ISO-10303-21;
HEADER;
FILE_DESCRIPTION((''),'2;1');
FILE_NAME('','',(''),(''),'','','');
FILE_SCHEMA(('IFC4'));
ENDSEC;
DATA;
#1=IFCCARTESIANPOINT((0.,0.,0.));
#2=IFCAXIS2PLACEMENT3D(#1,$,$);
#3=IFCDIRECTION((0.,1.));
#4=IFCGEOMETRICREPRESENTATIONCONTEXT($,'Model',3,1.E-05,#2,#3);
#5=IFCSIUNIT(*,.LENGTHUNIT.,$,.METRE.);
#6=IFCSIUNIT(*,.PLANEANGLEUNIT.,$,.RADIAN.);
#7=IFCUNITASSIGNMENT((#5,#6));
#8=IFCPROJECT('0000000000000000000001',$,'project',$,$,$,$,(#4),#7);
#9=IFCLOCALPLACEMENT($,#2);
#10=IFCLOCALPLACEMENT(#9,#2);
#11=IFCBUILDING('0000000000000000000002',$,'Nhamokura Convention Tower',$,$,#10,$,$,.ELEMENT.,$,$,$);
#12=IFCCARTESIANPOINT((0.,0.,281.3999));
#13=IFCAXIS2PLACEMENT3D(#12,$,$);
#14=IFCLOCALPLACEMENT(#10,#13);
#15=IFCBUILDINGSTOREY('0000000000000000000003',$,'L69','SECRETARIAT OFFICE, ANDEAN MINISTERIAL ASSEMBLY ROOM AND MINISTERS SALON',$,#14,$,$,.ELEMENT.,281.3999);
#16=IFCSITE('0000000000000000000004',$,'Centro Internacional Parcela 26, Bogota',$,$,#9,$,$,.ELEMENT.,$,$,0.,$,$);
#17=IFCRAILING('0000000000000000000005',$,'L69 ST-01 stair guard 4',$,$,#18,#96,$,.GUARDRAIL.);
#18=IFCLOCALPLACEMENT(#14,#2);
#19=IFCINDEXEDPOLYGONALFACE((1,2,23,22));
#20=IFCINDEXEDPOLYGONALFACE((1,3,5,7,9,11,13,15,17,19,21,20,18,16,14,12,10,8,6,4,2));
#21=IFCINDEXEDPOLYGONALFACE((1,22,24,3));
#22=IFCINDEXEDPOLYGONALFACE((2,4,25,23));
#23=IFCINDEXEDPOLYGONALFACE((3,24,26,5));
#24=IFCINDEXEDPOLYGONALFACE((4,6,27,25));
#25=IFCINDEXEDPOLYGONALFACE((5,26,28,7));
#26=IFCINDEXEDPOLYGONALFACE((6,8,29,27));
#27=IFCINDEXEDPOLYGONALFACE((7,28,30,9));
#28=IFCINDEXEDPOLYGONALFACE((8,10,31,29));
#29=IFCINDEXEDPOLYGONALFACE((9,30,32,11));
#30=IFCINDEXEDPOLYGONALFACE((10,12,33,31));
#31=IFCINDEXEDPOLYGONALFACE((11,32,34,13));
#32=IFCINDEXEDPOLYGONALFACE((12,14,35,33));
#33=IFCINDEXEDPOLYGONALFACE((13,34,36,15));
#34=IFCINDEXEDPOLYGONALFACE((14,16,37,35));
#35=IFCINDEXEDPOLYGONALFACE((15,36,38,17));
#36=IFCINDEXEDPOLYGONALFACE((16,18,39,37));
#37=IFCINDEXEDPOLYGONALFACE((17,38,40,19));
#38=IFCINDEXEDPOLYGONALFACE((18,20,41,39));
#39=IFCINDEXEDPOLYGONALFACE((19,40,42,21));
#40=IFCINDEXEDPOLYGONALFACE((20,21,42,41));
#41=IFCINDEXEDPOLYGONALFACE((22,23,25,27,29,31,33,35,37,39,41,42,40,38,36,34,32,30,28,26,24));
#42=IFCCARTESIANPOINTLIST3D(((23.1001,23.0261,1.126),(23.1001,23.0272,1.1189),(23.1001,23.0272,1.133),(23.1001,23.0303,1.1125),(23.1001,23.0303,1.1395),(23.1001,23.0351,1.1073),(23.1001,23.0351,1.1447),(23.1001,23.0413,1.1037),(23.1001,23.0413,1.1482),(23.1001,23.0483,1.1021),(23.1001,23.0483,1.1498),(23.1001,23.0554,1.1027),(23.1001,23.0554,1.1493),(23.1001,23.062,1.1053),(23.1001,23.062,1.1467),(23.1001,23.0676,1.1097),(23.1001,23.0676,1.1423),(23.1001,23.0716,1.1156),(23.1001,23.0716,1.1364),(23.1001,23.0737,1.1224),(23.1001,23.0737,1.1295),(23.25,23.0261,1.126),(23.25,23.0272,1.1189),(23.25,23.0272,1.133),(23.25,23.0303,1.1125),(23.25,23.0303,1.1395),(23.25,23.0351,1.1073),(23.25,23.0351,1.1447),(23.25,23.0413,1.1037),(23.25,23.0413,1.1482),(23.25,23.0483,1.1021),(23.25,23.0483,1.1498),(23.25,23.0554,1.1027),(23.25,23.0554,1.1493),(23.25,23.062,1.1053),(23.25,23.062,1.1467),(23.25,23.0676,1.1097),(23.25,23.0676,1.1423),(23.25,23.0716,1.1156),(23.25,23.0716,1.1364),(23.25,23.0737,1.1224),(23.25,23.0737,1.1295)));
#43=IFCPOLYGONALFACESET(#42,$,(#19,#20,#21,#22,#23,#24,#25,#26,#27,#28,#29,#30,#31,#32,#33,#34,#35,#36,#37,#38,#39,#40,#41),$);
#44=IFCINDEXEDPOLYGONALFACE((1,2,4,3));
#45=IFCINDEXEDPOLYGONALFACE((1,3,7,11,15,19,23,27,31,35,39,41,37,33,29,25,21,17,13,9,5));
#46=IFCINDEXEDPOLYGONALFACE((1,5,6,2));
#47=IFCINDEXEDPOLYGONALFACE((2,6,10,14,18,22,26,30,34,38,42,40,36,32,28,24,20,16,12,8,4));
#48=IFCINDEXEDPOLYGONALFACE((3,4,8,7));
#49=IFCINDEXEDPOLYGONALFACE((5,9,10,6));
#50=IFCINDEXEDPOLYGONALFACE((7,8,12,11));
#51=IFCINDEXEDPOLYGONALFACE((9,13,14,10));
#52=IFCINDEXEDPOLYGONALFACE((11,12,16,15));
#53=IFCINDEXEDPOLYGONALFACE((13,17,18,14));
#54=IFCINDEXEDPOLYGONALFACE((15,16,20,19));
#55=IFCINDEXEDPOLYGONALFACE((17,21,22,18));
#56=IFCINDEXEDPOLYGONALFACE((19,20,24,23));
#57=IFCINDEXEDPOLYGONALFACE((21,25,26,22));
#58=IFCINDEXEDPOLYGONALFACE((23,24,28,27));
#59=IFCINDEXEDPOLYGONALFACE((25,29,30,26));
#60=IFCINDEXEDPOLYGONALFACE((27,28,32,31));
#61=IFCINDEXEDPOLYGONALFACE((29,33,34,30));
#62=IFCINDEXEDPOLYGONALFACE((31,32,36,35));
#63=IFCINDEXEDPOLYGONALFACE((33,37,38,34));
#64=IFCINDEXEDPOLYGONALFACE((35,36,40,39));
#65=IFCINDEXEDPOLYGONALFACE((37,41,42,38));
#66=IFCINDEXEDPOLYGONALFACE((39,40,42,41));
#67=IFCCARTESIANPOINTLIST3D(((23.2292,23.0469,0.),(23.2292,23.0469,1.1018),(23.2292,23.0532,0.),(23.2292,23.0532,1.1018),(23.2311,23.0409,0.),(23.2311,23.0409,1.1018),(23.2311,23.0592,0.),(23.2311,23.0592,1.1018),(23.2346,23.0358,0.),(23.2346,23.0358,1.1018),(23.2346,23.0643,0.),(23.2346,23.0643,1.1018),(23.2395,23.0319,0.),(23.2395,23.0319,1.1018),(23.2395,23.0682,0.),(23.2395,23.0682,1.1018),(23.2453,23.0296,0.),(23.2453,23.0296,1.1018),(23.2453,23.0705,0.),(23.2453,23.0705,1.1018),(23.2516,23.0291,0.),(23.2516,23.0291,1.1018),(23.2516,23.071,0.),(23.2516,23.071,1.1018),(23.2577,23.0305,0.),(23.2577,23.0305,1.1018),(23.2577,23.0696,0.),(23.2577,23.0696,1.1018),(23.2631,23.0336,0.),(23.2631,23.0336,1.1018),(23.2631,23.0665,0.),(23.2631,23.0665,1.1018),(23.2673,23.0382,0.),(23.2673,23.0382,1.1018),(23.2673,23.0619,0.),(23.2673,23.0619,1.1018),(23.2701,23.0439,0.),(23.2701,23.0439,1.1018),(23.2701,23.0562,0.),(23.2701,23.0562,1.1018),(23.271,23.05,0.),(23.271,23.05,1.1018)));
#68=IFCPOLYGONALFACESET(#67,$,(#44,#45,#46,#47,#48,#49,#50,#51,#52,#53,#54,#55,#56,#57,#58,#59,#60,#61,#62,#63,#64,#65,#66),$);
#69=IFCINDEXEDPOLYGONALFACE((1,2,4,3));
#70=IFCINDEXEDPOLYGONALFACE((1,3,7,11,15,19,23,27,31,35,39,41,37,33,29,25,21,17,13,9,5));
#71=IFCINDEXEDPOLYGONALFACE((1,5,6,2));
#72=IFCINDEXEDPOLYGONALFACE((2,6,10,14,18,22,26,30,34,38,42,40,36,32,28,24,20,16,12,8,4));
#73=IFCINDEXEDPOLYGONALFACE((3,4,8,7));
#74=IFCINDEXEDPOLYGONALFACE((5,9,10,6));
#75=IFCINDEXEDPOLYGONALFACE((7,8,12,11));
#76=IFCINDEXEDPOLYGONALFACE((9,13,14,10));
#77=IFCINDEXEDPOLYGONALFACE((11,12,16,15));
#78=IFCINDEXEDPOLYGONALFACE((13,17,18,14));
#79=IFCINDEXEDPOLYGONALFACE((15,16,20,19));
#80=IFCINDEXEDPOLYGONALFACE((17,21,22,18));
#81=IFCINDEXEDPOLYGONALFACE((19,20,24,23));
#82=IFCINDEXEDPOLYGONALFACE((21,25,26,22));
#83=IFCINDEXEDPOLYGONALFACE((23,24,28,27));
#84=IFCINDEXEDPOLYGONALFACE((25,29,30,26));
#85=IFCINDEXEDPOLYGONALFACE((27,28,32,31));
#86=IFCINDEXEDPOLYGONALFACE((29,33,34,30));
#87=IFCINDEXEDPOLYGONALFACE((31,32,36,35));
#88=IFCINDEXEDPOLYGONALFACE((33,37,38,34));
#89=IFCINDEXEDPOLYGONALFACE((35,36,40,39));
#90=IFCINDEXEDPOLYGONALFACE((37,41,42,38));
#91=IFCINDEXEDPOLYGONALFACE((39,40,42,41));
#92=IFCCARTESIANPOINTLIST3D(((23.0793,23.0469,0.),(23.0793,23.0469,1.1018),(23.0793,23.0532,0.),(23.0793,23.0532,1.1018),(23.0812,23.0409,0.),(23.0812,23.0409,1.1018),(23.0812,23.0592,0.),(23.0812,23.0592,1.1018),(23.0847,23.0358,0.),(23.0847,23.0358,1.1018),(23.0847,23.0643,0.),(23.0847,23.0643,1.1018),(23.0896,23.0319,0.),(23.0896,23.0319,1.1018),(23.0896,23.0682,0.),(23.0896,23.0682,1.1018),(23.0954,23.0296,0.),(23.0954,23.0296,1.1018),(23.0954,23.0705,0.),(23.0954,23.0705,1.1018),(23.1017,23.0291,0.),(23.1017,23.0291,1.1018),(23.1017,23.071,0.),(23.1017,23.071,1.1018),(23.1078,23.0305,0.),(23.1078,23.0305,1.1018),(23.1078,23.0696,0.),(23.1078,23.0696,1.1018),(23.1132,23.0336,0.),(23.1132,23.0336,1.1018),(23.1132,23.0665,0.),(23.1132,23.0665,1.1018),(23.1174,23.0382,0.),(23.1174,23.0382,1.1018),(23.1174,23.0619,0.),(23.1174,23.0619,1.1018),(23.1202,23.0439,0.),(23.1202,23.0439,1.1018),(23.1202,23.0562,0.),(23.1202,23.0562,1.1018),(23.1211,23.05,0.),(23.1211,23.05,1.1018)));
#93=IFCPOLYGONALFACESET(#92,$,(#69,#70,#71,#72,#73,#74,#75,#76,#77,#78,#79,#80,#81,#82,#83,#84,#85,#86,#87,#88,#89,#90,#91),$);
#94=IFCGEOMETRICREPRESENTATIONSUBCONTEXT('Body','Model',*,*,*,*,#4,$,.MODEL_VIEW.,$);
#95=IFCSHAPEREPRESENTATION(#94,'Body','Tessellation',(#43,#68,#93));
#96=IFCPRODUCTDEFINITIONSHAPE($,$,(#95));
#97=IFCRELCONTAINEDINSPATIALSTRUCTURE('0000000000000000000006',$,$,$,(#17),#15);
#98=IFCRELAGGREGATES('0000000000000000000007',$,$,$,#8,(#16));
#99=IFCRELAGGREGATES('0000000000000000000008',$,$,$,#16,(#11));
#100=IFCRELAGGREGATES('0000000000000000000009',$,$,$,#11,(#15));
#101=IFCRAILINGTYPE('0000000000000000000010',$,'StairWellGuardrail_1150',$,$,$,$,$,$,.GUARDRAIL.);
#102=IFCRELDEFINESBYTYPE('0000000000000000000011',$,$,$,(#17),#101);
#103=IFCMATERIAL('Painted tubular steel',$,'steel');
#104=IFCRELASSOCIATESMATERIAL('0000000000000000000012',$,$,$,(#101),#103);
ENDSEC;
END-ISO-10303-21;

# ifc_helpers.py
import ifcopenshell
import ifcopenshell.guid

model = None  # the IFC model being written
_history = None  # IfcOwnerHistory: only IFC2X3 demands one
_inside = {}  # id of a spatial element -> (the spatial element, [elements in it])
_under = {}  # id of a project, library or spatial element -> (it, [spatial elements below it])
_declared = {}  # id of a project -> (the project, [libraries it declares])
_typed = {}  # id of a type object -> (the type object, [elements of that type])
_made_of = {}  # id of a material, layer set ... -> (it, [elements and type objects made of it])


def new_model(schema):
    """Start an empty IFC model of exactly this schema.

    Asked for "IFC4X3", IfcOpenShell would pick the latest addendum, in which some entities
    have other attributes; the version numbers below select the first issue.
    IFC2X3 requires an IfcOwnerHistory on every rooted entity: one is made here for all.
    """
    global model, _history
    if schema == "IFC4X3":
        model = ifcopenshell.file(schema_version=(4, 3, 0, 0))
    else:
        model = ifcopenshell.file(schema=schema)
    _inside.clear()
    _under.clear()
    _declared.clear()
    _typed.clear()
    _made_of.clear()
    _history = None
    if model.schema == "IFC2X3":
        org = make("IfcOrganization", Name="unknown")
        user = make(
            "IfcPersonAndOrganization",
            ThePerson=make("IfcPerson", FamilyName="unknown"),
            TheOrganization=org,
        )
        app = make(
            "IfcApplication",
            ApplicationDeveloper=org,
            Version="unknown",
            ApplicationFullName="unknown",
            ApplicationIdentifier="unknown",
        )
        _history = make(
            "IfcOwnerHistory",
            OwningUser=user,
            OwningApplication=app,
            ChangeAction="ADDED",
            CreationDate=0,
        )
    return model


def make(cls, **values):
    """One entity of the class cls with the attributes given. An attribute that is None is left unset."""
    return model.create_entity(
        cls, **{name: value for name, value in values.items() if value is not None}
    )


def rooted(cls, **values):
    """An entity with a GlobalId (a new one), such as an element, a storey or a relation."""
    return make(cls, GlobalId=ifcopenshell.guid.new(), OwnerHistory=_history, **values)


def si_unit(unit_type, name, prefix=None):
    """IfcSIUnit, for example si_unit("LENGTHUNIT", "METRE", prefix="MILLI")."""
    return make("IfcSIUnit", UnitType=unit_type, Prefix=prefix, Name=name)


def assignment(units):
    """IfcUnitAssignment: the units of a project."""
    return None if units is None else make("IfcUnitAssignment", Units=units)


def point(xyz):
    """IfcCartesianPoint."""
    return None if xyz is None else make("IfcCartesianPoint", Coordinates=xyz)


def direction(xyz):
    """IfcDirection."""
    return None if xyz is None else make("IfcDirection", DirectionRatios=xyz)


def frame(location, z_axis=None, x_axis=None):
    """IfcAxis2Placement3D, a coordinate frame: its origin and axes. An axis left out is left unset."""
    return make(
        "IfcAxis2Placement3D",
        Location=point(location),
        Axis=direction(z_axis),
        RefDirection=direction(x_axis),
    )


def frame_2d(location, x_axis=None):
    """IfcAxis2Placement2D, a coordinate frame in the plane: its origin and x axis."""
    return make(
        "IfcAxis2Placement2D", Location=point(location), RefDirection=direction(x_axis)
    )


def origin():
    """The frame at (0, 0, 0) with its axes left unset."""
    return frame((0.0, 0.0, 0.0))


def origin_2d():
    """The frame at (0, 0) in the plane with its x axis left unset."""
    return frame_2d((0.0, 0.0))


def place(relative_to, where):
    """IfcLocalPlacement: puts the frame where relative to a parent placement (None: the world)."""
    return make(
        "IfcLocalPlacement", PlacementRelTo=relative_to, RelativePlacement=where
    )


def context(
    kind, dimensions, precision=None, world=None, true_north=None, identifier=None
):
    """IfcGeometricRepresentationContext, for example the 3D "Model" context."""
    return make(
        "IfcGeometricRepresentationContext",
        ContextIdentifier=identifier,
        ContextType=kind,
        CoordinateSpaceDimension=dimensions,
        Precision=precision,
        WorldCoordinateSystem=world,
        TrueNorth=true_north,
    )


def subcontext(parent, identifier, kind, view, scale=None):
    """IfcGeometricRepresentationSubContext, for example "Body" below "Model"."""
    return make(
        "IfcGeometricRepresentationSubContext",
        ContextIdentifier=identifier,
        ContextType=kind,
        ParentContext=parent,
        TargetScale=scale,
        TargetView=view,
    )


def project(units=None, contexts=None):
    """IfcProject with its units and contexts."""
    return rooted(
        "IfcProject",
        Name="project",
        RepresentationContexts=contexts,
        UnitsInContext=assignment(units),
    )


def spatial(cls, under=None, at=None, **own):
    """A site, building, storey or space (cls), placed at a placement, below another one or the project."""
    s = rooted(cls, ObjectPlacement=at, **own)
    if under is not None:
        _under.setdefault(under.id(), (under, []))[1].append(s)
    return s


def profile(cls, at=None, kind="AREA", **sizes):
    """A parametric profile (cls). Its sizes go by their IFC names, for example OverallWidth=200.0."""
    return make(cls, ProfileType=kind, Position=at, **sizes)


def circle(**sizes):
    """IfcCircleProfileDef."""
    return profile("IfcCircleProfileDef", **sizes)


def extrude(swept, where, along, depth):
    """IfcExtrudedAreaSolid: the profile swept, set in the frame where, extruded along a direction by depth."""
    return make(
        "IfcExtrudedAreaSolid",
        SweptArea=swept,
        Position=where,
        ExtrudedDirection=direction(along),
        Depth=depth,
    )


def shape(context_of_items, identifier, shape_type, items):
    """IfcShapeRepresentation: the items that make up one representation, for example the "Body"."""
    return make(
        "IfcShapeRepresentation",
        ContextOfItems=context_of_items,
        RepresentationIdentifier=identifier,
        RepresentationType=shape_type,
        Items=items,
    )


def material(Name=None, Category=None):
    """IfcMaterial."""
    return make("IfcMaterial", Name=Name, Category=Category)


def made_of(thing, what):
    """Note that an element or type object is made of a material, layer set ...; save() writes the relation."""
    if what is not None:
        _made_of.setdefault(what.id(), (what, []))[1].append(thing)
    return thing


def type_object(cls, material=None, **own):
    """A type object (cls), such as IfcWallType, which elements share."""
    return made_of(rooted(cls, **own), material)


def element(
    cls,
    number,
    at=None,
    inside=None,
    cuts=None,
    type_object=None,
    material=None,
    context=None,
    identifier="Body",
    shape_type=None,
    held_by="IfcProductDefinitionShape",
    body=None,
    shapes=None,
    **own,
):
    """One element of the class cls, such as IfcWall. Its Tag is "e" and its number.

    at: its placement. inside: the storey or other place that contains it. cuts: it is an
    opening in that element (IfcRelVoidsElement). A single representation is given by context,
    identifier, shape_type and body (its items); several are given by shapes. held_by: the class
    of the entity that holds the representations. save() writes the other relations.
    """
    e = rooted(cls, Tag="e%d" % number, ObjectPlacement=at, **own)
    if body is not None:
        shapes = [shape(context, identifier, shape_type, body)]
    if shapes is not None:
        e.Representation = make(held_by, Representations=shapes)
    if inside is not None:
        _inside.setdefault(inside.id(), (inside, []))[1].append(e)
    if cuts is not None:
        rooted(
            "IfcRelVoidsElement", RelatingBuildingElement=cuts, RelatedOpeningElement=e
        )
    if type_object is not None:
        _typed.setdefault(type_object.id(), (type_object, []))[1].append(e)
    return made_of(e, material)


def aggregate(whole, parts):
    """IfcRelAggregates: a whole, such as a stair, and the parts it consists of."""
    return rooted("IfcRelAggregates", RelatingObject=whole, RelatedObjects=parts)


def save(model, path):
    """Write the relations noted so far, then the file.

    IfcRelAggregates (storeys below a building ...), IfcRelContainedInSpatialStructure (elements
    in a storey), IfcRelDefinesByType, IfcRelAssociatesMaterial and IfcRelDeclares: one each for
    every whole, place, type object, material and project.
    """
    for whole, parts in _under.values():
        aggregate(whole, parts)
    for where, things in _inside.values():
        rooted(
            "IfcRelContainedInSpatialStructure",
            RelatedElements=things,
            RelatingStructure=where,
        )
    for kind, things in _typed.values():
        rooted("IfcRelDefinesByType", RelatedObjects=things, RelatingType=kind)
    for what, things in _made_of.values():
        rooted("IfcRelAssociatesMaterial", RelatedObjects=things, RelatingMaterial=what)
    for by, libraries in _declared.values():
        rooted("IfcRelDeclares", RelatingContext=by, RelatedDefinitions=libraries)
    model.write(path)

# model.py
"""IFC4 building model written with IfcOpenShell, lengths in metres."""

from ifc_helpers import new_model, si_unit, direction, frame, origin, origin_2d, place, context, subcontext, project, spatial, circle, extrude, material, type_object, element, save


model = new_model("IFC4")

# Units and contexts
model_context = context("Model", 3, precision=1e-05, world=origin(), true_north=direction((0.0, 1.0)))
body_context = subcontext(model_context, "Body", "Model", "MODEL_VIEW")
ifc_project = project(units=[si_unit("LENGTHUNIT", "METRE"), si_unit("PLANEANGLEUNIT", "RADIAN")], contexts=[model_context])

# Site, building, storey
site_placement = place(None, origin())
site = spatial("IfcSite", under=ifc_project, at=site_placement, Name="Centro Internacional Parcela 26, Bogota", CompositionType="ELEMENT", RefElevation=0.0)
building_placement = place(site_placement, origin())
building = spatial("IfcBuilding", under=site, at=building_placement, Name="Nhamokura Convention Tower", CompositionType="ELEMENT")
storey_placement = place(building_placement, frame((0.0, 0.0, 281.3999)))
storey = spatial("IfcBuildingStorey", under=building, at=storey_placement, Name="L69", Description="SECRETARIAT OFFICE, ANDEAN MINISTERIAL ASSEMBLY ROOM AND MINISTERS SALON", CompositionType="ELEMENT", Elevation=281.3999)

# Railing
ifc_material_1 = material(Name="Painted tubular steel", Category="steel")
railing_type_1 = type_object("IfcRailingType", Name="StairWellGuardrail_1150", PredefinedType="GUARDRAIL", material=ifc_material_1)
railing_1_placement = place(storey_placement, frame((23.25, 23.05, 0.0)))
element("IfcRailing", 1, at=railing_1_placement, inside=storey, type_object=railing_type_1, Name="L69 ST-01 stair guard 4", PredefinedType="GUARDRAIL", context=body_context, shape_type="SweptSolid", body=[
    extrude(circle(Radius=0.0239, at=origin_2d()), frame((0.0, 0.0, 1.126), z_axis=(-1.0, 0.0, 0.0), x_axis=(0.0, -1.0, 0.0)), (0.0, 0.0, 1.0), 0.1499),
    extrude(circle(Radius=0.021, at=origin_2d()), origin(), (0.0, 0.0, 1.0), 1.1018),
    extrude(circle(Radius=0.021, at=origin_2d()), frame((-0.1499, 0.0, 0.0)), (0.0, 0.0, 1.0), 1.1018),
])

save(model, "model.ifc")
